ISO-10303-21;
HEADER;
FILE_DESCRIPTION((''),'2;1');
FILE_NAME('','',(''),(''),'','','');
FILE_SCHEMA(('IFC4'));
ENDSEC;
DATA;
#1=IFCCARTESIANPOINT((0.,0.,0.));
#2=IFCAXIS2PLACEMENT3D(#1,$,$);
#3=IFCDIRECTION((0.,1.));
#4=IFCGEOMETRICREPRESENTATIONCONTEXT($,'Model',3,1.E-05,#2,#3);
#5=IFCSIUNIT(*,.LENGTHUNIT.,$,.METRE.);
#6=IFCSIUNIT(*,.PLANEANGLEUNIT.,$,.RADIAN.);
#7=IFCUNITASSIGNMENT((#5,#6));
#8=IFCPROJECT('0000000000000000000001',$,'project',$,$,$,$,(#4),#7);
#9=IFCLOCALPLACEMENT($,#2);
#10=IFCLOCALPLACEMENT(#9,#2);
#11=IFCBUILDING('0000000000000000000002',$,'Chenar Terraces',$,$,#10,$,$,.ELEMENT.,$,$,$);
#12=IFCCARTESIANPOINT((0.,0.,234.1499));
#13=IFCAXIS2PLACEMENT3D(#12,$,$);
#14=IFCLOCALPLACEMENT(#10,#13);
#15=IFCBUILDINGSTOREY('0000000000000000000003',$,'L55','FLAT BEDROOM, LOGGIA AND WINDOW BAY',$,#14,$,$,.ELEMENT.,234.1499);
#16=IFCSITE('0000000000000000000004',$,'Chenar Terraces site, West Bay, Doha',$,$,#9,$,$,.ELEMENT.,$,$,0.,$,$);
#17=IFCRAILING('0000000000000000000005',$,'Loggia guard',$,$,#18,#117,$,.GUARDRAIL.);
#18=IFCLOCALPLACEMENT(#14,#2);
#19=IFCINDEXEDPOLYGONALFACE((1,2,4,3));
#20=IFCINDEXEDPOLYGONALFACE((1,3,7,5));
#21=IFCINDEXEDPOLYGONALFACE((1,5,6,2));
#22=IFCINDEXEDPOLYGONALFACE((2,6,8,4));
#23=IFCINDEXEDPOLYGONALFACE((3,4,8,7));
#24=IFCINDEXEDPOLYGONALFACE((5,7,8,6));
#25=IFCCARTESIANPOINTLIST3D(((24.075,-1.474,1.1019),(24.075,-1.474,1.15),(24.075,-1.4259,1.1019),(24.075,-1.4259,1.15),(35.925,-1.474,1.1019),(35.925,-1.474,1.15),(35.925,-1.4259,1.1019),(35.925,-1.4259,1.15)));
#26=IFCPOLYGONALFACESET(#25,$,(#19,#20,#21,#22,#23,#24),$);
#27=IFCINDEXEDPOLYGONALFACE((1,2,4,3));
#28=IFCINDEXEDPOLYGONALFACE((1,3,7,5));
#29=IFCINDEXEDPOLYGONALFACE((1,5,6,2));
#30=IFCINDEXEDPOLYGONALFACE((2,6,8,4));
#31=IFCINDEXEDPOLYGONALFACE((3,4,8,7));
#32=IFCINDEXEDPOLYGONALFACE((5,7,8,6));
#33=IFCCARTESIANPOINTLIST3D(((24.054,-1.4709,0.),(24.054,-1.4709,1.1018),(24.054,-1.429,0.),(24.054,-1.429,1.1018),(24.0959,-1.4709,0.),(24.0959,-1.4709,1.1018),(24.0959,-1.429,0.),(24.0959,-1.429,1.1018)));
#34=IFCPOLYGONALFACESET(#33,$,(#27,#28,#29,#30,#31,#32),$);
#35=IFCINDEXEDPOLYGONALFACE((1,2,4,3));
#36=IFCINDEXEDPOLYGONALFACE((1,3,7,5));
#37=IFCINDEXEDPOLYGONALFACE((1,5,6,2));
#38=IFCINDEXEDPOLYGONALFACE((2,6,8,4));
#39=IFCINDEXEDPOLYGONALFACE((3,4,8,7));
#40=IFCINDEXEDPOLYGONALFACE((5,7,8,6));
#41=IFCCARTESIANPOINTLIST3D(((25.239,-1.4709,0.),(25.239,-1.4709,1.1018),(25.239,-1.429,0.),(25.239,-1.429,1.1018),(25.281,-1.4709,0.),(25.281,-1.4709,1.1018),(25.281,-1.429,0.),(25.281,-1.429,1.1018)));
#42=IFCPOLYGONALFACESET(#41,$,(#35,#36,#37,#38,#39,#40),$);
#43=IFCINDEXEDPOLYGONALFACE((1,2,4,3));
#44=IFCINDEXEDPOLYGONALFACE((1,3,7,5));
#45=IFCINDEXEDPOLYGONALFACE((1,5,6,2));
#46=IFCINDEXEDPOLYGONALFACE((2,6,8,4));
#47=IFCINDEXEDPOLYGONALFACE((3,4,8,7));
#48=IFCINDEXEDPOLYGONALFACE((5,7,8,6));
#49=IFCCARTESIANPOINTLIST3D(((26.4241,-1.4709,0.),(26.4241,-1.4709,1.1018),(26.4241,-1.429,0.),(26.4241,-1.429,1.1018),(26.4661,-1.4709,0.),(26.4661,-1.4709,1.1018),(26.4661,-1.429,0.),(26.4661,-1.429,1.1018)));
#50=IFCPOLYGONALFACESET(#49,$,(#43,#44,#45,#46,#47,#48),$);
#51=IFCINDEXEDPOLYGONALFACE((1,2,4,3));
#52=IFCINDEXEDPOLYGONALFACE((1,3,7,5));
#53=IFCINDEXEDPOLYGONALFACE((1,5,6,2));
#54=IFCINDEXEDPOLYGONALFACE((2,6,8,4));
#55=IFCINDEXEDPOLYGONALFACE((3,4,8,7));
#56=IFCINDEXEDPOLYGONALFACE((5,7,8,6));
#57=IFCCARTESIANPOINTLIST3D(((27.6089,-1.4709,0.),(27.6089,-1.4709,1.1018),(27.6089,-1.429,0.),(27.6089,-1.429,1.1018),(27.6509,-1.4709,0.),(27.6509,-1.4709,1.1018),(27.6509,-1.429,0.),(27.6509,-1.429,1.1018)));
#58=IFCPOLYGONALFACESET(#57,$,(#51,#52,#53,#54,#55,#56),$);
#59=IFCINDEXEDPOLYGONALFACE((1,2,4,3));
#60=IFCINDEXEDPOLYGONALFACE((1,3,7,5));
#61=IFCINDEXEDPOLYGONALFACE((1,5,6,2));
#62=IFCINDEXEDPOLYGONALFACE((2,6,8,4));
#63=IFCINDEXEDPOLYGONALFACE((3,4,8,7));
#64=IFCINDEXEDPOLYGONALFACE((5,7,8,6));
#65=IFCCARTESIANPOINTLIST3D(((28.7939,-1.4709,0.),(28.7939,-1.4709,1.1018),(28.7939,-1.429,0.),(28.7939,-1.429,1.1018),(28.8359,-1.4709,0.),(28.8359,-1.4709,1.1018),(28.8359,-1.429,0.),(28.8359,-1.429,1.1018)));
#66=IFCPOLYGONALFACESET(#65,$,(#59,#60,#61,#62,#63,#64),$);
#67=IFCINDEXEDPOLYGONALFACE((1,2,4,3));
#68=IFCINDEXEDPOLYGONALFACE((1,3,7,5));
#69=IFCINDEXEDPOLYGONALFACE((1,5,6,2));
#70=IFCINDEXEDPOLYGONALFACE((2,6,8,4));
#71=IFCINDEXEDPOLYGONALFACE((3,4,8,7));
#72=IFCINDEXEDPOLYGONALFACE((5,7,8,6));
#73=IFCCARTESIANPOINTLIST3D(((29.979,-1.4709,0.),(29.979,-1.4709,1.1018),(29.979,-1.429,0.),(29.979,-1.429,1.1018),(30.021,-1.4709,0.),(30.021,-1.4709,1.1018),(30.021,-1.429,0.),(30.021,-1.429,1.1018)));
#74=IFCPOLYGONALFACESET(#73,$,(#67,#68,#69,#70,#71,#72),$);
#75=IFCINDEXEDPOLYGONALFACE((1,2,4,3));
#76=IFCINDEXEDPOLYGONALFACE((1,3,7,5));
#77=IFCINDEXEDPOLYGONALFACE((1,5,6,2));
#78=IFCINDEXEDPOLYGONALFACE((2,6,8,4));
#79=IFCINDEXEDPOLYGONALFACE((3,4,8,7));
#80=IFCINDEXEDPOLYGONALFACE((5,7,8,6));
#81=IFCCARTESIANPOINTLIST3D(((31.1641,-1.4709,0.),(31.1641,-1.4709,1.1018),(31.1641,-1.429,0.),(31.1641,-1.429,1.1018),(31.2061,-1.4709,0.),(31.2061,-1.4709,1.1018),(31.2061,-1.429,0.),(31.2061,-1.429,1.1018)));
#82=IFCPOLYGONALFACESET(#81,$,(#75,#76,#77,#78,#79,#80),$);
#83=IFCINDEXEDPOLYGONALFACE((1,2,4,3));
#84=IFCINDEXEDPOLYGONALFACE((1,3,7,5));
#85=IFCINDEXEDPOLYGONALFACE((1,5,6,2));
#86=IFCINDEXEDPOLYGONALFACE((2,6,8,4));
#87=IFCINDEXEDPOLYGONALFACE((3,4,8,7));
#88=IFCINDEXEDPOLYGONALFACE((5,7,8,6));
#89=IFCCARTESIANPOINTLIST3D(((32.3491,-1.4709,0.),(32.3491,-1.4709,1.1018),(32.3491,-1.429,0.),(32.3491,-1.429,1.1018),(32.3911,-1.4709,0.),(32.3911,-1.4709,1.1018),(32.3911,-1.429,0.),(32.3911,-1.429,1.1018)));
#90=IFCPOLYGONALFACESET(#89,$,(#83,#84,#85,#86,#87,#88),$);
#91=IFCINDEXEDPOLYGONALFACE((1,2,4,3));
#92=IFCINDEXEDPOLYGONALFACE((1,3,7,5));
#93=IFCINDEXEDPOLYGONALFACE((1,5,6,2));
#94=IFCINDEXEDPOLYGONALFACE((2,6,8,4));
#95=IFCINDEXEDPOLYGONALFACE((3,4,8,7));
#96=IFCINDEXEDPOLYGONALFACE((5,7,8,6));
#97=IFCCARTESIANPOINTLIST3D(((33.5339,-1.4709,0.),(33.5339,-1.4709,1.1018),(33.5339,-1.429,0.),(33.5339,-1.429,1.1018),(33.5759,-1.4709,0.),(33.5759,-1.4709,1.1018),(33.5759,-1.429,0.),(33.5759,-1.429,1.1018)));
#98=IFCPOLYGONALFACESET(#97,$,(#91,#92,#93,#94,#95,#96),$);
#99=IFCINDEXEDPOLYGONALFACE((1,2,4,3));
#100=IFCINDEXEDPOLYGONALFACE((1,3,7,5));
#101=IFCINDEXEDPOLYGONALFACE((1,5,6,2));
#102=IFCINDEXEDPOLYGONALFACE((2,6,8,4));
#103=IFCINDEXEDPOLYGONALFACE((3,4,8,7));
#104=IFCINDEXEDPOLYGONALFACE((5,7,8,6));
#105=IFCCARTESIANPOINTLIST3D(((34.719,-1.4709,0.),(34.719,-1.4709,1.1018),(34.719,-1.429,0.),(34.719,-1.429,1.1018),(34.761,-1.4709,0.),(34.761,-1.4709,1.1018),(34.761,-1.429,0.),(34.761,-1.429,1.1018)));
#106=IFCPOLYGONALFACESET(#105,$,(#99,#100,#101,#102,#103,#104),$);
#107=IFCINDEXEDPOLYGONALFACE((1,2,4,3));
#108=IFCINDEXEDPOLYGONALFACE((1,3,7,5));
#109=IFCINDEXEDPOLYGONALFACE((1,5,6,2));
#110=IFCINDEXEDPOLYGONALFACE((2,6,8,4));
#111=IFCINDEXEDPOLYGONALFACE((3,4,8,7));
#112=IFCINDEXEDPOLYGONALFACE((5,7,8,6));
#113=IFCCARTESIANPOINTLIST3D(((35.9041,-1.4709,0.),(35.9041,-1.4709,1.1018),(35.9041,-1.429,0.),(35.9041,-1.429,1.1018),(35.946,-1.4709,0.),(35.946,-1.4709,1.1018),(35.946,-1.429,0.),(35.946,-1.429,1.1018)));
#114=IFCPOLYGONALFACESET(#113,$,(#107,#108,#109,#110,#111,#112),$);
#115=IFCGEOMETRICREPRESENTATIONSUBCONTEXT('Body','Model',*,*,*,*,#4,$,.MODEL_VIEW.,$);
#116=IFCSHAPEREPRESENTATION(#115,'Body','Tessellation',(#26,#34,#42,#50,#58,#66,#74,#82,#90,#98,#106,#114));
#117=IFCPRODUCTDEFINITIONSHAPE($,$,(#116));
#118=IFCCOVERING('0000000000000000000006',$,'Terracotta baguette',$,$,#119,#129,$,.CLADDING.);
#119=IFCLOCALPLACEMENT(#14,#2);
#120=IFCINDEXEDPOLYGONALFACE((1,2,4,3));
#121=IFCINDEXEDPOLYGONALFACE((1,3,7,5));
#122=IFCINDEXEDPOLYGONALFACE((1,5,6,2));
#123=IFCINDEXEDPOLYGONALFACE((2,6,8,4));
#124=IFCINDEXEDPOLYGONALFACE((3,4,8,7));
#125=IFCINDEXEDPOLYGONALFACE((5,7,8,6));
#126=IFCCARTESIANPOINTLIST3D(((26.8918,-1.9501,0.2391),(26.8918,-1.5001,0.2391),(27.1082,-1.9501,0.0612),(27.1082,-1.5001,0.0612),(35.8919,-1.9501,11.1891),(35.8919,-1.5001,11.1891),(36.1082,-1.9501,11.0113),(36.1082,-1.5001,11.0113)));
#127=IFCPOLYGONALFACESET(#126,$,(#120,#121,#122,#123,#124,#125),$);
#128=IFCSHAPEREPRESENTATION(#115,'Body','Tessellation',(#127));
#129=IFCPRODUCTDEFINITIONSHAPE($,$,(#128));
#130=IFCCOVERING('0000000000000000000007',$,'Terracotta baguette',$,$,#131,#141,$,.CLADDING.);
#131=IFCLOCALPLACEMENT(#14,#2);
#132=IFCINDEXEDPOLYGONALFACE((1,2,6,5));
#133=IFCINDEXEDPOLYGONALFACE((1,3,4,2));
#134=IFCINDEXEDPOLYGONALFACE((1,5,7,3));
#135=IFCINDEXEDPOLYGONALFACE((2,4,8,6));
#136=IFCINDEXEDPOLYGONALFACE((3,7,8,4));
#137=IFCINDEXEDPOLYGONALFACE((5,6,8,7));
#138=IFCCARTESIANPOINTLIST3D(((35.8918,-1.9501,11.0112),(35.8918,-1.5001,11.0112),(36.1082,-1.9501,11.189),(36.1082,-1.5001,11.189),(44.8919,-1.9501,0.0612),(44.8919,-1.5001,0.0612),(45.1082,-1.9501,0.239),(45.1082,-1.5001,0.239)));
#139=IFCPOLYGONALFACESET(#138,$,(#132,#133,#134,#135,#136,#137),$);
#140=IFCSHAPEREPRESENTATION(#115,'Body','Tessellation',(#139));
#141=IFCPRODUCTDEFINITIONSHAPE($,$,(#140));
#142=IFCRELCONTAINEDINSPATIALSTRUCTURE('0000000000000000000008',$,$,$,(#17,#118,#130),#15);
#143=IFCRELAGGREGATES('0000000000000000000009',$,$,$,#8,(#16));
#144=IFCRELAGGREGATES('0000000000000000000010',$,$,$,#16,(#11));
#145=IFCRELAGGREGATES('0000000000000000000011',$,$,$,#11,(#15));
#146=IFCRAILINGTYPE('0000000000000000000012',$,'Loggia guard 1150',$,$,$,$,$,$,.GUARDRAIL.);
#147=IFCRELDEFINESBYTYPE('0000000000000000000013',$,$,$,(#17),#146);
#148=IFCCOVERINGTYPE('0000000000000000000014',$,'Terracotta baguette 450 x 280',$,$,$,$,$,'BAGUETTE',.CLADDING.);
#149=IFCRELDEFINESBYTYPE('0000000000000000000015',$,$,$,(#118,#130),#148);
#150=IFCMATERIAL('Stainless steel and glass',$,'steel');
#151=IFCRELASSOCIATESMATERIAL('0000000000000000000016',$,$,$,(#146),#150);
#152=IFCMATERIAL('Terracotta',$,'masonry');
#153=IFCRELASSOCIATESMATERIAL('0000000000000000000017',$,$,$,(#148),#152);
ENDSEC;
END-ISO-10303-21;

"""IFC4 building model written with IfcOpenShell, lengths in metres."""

from ifc_helpers import new_model, si_unit, direction, frame, origin, origin_2d, place, context, subcontext, project, spatial, rectangle, extrude, material, material_profile, profile_set, type_object, element, save


model = new_model("IFC4")

# Units and contexts
model_context = context("Model", 3, precision=1e-05, world=origin(), true_north=direction((0.0, 1.0)))
body_context = subcontext(model_context, "Body", "Model", "MODEL_VIEW")
ifc_project = project(units=[si_unit("LENGTHUNIT", "METRE"), si_unit("PLANEANGLEUNIT", "RADIAN")], contexts=[model_context])

# Site, building, storey
site_placement = place(None, origin())
site = spatial("IfcSite", under=ifc_project, at=site_placement, Name="Chenar Terraces site, West Bay, Doha", CompositionType="ELEMENT", RefElevation=0.0)
building_placement = place(site_placement, origin())
building = spatial("IfcBuilding", under=site, at=building_placement, Name="Chenar Terraces", CompositionType="ELEMENT")
storey_placement = place(building_placement, frame((0.0, 0.0, 234.1499)))
storey = spatial("IfcBuildingStorey", under=building, at=storey_placement, Name="L55", Description="FLAT BEDROOM, LOGGIA AND WINDOW BAY", CompositionType="ELEMENT", Elevation=234.1499)

# Railing
ifc_material_1 = material(Name="Stainless steel and glass", Category="steel")
railing_type = type_object("IfcRailingType", Name="Loggia guard 1150", PredefinedType="GUARDRAIL", material=ifc_material_1)
railing_placement = place(storey_placement, frame((24.075, -1.45, 0.0)))
element("IfcRailing", 1, at=railing_placement, inside=storey, type_object=railing_type, Name="Loggia guard", PredefinedType="GUARDRAIL", context=body_context, shape_type="SweptSolid", body=[
    extrude(rectangle(XDim=0.0481, YDim=0.0481, at=origin_2d()), frame((0.0, 0.0, 1.126), z_axis=(1.0, 0.0, 0.0), x_axis=(0.0, 1.0, 0.0)), (0.0, 0.0, 1.0), 11.8501),
    extrude(rectangle(XDim=0.042, YDim=0.042, at=origin_2d()), origin(), (0.0, 0.0, 1.0), 1.1018),
    extrude(rectangle(XDim=0.042, YDim=0.042, at=origin_2d()), frame((1.1851, 0.0, 0.0)), (0.0, 0.0, 1.0), 1.1018),
    extrude(rectangle(XDim=0.042, YDim=0.042, at=origin_2d()), frame((2.3701, 0.0, 0.0)), (0.0, 0.0, 1.0), 1.1018),
    extrude(rectangle(XDim=0.042, YDim=0.042, at=origin_2d()), frame((3.5549, 0.0, 0.0)), (0.0, 0.0, 1.0), 1.1018),
    extrude(rectangle(XDim=0.042, YDim=0.042, at=origin_2d()), frame((4.74, 0.0, 0.0)), (0.0, 0.0, 1.0), 1.1018),
    extrude(rectangle(XDim=0.042, YDim=0.042, at=origin_2d()), frame((5.925, 0.0, 0.0)), (0.0, 0.0, 1.0), 1.1018),
    extrude(rectangle(XDim=0.042, YDim=0.042, at=origin_2d()), frame((7.1101, 0.0, 0.0)), (0.0, 0.0, 1.0), 1.1018),
    extrude(rectangle(XDim=0.042, YDim=0.042, at=origin_2d()), frame((8.2952, 0.0, 0.0)), (0.0, 0.0, 1.0), 1.1018),
    extrude(rectangle(XDim=0.042, YDim=0.042, at=origin_2d()), frame((9.48, 0.0, 0.0)), (0.0, 0.0, 1.0), 1.1018),
    extrude(rectangle(XDim=0.042, YDim=0.042, at=origin_2d()), frame((10.665, 0.0, 0.0)), (0.0, 0.0, 1.0), 1.1018),
    extrude(rectangle(XDim=0.042, YDim=0.042, at=origin_2d()), frame((11.8501, 0.0, 0.0)), (0.0, 0.0, 1.0), 1.1018),
])

# Coverings
ifc_material_2 = material(Name="Terracotta", Category="masonry")
ifc_material_profile = material_profile(ifc_material_2, rectangle(XDim=0.45, YDim=0.28, at=origin_2d()), Name="Terracotta baguette 450 x 280")
ifc_profile_set = profile_set([ifc_material_profile], Name="Terracotta")
covering_type = type_object("IfcCoveringType", Name="Terracotta baguette 450 x 280", ElementType="BAGUETTE", PredefinedType="CLADDING", material=ifc_profile_set)
for number, where, z_axis, x_axis, name in (
    (2, (27.0, -1.7251, 0.1501), (0.634967, 0.0, 0.772539), (0.0, 1.0, 0.0), "Terracotta baguette"),
    (3, (36.0, -1.7251, 11.1001), (0.634967, 0.0, -0.772539), (0.0, 1.0, 0.0), "Terracotta baguette"),
):
    element("IfcCovering", number, at=place(storey_placement, frame(where, z_axis=z_axis, x_axis=x_axis)), inside=storey, type_object=covering_type, Name=name, PredefinedType="CLADDING", context=body_context, shape_type="SweptSolid", body=[
        extrude(rectangle(XDim=0.45, YDim=0.28, at=origin_2d()), origin(), (0.0, 0.0, 1.0), 14.1741),
    ])

save(model, "model.ifc")
